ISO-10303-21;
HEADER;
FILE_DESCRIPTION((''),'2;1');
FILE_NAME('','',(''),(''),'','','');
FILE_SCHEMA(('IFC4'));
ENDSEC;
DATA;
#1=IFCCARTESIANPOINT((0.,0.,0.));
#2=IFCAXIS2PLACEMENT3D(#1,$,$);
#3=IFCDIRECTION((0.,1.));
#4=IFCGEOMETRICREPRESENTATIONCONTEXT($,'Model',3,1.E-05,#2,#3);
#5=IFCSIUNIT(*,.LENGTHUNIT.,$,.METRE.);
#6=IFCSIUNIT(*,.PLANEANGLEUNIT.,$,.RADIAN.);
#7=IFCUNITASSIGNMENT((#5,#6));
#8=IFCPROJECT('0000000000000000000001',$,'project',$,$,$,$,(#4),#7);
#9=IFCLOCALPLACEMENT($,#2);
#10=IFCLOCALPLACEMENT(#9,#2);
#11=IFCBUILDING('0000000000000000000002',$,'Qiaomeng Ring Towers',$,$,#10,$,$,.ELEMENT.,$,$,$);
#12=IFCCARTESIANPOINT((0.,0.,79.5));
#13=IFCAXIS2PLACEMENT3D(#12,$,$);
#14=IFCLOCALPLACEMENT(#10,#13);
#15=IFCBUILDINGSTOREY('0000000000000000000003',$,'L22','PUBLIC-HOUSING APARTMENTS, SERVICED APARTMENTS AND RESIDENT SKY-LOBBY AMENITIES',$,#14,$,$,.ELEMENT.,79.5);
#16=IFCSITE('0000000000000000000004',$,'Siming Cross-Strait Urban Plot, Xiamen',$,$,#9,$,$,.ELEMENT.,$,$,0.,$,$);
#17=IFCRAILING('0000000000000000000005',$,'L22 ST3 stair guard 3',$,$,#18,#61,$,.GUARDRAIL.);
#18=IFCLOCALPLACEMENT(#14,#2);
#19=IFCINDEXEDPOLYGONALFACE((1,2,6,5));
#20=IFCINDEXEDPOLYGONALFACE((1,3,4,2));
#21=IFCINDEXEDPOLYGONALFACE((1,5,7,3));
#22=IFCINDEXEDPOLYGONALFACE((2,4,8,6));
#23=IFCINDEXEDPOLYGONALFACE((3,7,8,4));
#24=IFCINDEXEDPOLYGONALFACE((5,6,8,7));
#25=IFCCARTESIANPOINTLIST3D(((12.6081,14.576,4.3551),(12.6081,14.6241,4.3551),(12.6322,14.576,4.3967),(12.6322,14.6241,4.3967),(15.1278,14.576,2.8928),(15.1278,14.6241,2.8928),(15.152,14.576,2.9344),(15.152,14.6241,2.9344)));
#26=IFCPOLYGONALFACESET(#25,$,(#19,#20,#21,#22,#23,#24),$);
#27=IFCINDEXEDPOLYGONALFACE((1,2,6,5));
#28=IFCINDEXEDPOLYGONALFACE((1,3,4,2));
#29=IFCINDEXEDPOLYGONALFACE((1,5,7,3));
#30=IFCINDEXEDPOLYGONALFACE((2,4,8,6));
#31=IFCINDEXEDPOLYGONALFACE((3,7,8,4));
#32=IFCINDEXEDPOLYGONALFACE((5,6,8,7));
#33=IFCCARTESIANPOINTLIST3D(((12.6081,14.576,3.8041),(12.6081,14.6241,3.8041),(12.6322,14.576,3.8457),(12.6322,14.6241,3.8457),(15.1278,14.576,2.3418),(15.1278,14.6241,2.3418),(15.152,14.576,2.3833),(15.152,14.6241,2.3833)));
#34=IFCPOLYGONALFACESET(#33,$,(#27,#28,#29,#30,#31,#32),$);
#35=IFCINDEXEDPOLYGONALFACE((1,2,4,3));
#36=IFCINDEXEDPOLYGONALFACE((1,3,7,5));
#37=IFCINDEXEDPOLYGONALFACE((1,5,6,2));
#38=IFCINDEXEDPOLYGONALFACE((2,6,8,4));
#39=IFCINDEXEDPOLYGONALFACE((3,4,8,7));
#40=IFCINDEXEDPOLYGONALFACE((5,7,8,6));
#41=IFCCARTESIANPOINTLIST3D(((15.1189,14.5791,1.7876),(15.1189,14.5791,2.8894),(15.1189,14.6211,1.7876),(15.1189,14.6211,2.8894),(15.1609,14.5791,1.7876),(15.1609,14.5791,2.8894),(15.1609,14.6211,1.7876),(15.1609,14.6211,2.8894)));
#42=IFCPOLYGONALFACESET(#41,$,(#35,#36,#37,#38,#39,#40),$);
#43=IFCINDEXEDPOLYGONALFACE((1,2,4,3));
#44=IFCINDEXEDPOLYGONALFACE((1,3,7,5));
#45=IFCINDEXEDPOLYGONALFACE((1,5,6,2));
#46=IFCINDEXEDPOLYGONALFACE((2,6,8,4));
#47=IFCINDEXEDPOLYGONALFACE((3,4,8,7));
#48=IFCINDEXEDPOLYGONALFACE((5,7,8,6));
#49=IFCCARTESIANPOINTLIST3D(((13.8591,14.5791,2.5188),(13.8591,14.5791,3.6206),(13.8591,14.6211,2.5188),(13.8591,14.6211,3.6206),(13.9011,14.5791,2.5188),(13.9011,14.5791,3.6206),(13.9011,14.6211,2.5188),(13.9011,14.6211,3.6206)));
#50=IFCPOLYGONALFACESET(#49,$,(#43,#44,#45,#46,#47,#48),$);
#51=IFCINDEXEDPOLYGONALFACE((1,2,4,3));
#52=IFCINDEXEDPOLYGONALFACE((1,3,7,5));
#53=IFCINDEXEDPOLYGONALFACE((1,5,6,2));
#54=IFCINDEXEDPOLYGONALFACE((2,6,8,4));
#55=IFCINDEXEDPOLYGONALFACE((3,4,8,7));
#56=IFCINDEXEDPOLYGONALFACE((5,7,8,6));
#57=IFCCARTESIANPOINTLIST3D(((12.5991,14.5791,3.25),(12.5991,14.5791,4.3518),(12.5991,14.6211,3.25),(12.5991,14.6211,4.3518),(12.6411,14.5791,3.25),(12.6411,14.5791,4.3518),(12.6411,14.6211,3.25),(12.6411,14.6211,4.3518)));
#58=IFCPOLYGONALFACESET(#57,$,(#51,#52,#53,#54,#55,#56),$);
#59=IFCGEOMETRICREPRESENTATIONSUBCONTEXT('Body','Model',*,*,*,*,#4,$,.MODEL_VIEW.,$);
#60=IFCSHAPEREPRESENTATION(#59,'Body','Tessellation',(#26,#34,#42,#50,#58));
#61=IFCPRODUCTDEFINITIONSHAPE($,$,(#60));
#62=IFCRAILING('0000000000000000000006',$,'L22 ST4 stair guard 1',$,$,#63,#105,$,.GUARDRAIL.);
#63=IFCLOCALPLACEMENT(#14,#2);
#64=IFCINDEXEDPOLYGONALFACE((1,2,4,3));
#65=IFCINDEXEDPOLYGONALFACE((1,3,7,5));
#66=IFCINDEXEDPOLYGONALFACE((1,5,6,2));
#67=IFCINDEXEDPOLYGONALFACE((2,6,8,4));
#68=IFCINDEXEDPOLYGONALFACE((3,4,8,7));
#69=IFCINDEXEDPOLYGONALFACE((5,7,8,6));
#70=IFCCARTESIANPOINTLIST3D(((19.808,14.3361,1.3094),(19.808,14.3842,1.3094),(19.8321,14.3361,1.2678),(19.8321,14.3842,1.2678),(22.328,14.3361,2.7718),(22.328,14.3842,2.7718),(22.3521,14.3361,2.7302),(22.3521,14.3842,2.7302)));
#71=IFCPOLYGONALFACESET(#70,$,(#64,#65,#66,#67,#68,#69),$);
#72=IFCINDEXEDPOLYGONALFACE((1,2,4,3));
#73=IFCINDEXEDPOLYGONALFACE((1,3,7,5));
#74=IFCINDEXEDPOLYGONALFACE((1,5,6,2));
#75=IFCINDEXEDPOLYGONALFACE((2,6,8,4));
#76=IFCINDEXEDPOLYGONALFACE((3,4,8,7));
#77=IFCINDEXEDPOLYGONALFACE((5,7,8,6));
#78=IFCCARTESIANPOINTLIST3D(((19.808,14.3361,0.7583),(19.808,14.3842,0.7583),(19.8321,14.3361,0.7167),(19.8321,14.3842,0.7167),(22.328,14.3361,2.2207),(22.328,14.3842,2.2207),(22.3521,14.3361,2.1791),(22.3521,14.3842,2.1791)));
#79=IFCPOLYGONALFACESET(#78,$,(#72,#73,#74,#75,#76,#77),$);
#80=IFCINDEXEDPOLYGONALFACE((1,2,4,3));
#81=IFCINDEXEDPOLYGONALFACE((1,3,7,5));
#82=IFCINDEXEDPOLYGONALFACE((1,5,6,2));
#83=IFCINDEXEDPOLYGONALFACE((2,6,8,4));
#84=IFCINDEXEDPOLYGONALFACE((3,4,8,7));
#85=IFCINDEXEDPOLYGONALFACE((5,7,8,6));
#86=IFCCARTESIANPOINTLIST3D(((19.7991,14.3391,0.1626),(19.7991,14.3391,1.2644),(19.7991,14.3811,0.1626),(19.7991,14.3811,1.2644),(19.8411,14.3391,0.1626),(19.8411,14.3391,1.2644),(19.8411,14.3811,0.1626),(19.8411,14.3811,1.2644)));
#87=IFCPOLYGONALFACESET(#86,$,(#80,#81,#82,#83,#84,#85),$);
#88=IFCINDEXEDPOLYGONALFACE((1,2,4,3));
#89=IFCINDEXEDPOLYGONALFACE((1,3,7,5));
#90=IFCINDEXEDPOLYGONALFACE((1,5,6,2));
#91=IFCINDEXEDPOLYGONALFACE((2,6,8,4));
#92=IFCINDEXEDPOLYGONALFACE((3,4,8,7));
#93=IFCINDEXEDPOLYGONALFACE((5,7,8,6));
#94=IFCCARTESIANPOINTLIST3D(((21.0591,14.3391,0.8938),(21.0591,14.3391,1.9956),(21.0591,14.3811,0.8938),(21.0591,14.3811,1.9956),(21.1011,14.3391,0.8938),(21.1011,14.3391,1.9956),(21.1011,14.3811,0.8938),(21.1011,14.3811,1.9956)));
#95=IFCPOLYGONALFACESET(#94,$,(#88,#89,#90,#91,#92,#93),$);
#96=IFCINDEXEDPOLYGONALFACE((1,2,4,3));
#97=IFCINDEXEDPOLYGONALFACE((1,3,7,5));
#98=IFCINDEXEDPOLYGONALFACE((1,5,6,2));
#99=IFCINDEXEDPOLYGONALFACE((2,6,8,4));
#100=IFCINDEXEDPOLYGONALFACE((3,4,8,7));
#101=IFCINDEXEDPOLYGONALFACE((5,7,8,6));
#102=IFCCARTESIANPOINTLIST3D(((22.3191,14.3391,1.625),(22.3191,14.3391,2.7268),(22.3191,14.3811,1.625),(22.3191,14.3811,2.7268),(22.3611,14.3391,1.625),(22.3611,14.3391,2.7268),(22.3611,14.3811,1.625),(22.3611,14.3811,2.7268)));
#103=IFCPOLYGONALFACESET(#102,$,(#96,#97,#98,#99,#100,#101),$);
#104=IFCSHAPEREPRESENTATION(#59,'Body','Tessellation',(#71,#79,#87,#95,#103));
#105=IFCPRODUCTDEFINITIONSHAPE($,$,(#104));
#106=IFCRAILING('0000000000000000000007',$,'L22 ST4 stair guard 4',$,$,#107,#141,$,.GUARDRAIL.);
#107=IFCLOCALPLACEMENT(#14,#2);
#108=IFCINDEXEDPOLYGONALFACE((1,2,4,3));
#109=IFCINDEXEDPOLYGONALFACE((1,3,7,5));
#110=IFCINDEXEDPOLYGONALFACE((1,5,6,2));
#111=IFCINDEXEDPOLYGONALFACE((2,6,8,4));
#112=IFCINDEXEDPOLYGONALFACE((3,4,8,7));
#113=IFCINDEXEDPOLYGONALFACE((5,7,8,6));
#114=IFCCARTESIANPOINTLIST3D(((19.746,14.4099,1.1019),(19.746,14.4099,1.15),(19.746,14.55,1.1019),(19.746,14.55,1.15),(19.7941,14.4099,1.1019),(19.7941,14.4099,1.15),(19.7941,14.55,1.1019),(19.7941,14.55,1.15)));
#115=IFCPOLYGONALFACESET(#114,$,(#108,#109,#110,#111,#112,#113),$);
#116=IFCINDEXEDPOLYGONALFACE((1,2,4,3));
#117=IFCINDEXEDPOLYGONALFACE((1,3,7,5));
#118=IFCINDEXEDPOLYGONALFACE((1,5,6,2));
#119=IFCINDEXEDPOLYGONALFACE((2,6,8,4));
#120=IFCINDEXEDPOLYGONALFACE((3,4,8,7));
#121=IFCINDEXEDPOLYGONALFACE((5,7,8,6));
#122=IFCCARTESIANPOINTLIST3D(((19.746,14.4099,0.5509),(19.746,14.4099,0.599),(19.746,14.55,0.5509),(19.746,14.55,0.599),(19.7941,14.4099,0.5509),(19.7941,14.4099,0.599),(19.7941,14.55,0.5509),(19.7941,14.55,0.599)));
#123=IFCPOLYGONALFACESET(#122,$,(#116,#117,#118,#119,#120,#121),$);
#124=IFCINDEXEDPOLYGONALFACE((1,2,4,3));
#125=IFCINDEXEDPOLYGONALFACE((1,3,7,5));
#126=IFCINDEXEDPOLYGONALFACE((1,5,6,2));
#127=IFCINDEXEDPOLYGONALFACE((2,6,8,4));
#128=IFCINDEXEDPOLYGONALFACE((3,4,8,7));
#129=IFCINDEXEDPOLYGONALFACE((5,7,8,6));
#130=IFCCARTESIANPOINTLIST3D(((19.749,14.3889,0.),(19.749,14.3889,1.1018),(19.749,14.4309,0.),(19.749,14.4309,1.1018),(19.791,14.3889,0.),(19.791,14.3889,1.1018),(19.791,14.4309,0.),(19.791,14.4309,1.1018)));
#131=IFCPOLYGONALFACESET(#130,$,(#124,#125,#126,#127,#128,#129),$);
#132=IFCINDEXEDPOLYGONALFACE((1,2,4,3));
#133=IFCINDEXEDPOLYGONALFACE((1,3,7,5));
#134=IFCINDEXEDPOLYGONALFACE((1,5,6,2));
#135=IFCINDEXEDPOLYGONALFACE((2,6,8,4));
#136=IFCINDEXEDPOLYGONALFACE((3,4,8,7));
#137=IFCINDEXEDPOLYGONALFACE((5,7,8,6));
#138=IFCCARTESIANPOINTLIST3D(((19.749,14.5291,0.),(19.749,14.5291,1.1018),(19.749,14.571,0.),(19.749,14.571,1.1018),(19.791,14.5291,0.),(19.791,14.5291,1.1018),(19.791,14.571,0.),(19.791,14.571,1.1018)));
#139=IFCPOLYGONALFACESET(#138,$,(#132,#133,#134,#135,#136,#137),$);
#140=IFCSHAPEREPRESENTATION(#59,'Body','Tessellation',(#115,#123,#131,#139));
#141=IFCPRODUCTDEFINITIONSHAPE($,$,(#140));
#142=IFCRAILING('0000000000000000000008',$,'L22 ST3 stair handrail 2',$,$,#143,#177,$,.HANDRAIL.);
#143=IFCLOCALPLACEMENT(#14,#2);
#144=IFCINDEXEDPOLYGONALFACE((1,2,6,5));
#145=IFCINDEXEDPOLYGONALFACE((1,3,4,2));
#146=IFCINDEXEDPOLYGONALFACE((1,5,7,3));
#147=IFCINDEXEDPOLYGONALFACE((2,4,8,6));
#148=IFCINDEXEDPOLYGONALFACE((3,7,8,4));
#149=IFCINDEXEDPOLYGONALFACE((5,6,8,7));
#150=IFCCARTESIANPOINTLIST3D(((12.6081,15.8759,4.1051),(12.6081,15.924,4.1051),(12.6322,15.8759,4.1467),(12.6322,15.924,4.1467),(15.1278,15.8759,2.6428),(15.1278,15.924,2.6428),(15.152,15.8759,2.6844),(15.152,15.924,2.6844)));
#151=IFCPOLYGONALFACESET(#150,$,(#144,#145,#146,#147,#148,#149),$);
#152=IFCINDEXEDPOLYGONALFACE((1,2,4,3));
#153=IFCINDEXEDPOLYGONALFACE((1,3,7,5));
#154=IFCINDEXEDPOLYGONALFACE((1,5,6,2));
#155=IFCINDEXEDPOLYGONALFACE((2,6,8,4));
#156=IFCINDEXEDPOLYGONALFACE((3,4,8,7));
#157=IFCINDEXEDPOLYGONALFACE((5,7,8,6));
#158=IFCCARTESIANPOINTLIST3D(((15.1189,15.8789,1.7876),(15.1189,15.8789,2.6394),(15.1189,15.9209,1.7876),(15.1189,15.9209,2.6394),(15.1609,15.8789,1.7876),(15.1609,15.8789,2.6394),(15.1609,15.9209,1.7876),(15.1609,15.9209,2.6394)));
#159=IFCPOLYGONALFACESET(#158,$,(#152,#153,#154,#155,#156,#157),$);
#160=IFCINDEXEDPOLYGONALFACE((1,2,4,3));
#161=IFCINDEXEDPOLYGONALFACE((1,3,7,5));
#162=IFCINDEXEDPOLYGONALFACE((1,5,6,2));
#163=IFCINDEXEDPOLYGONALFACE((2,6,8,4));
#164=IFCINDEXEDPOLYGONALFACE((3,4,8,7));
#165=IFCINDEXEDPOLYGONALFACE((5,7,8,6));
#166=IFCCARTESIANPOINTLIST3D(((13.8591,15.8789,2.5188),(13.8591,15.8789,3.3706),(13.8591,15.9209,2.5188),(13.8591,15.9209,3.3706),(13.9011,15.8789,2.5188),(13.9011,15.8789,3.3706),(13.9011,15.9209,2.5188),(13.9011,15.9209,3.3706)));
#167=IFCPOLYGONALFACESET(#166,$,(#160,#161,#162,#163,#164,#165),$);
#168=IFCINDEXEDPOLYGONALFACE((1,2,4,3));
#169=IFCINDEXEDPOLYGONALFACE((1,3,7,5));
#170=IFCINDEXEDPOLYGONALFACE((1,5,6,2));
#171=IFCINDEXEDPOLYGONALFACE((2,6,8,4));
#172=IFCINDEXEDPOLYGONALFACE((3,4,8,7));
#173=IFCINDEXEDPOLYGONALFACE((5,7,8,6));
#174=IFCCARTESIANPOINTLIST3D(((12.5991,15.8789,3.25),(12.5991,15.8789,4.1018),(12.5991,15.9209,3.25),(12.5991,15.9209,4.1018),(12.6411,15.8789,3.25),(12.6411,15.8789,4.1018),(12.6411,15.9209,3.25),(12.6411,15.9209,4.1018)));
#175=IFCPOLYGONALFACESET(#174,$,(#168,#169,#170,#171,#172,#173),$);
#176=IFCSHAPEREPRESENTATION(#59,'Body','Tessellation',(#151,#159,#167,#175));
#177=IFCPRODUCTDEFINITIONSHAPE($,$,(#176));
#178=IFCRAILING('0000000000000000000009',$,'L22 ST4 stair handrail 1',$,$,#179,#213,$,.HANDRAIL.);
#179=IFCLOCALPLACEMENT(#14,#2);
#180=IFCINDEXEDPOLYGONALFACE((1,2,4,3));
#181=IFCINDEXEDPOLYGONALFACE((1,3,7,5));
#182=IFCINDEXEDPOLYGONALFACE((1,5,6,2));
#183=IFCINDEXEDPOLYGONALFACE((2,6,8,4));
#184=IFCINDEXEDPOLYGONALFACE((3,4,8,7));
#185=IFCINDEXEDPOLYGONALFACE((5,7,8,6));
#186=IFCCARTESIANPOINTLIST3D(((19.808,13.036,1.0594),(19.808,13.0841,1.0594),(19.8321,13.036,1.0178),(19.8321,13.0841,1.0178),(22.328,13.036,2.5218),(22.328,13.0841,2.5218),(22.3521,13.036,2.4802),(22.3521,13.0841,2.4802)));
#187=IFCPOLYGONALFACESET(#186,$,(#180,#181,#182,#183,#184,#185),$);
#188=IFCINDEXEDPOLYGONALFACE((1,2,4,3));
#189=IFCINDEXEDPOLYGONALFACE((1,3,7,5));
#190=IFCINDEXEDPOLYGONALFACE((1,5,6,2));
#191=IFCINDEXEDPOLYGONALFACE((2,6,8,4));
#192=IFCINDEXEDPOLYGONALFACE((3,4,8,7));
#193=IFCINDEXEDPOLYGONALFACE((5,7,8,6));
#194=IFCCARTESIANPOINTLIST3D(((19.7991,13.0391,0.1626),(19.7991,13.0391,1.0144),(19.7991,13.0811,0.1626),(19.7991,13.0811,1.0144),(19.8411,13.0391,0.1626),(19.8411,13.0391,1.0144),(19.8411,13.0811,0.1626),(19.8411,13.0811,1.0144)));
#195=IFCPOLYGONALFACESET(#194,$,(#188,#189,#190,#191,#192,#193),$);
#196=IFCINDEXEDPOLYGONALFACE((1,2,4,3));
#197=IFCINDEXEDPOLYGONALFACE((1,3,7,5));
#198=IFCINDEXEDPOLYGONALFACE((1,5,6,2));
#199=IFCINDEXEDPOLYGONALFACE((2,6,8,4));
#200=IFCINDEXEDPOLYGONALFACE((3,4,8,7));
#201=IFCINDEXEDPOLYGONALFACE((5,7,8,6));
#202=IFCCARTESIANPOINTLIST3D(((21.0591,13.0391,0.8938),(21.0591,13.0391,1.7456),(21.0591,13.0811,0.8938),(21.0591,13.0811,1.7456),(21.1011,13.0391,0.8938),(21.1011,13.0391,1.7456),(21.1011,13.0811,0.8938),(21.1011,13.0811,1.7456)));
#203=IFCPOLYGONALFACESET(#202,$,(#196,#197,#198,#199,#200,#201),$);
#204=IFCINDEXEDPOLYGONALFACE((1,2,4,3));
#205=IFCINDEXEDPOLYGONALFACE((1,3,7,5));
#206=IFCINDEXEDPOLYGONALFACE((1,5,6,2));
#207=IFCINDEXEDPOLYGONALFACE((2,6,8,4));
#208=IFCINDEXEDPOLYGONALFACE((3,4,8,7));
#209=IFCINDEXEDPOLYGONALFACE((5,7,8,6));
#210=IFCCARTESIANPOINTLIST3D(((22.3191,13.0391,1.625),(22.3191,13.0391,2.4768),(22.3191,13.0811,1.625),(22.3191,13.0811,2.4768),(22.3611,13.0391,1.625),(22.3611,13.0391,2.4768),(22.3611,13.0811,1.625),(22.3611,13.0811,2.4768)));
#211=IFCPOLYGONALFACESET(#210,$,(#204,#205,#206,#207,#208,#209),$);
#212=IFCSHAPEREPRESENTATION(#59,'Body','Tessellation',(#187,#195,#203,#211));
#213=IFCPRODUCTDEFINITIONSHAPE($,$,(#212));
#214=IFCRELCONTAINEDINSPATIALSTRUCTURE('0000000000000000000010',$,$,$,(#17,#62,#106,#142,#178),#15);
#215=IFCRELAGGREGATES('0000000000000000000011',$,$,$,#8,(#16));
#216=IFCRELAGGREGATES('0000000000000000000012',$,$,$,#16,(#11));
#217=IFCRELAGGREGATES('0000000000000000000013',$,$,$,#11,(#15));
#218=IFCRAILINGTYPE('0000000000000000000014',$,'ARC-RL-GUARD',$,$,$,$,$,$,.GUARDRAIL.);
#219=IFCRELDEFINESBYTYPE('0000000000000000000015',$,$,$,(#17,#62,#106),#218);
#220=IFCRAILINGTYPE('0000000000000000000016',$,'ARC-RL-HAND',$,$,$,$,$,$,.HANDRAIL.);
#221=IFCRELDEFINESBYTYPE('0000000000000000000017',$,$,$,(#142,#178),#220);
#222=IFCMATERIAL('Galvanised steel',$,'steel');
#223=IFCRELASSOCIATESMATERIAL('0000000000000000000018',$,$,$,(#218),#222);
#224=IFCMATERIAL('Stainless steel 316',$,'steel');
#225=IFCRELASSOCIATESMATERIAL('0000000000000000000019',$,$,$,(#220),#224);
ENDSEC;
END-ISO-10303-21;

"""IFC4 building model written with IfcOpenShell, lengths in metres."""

from ifc_helpers import new_model, si_unit, direction, frame, origin, origin_2d, place, context, subcontext, project, spatial, rectangle, extrude, material, type_object, element, save


model = new_model("IFC4")

# Units and contexts
model_context = context("Model", 3, precision=1e-05, world=origin(), true_north=direction((0.0, 1.0)))
body_context = subcontext(model_context, "Body", "Model", "MODEL_VIEW")
ifc_project = project(units=[si_unit("LENGTHUNIT", "METRE"), si_unit("PLANEANGLEUNIT", "RADIAN")], contexts=[model_context])

# Site, building, storey
site_placement = place(None, origin())
site = spatial("IfcSite", under=ifc_project, at=site_placement, Name="Siming Cross-Strait Urban Plot, Xiamen", CompositionType="ELEMENT", RefElevation=0.0)
building_placement = place(site_placement, origin())
building = spatial("IfcBuilding", under=site, at=building_placement, Name="Qiaomeng Ring Towers", CompositionType="ELEMENT")
storey_placement = place(building_placement, frame((0.0, 0.0, 79.5)))
storey = spatial("IfcBuildingStorey", under=building, at=storey_placement, Name="L22", Description="PUBLIC-HOUSING APARTMENTS, SERVICED APARTMENTS AND RESIDENT SKY-LOBBY AMENITIES", CompositionType="ELEMENT", Elevation=79.5)

# Shared definitions
ifc_material_1 = material(Name="Galvanised steel", Category="steel")

# Railings
railing_type_1 = type_object("IfcRailingType", Name="ARC-RL-GUARD", PredefinedType="GUARDRAIL", material=ifc_material_1)
railing_1_placement = place(storey_placement, frame((15.1399, 14.6001, 1.7876)))
element("IfcRailing", 1, at=railing_1_placement, inside=storey, type_object=railing_type_1, Name="L22 ST3 stair guard 3", PredefinedType="GUARDRAIL", context=body_context, shape_type="SweptSolid", body=[
    extrude(rectangle(XDim=0.0481, YDim=0.0481, at=origin_2d()), frame((0.0, 0.0, 1.126), z_axis=(-0.864892, 0.0, 0.501958), x_axis=(0.0, -1.0, 0.0)), (0.0, 0.0, 1.0), 2.9133),
    extrude(rectangle(XDim=0.0481, YDim=0.0481, at=origin_2d()), frame((0.0, 0.0, 0.575), z_axis=(-0.864892, 0.0, 0.501958), x_axis=(0.0, -1.0, 0.0)), (0.0, 0.0, 1.0), 2.9133),
    extrude(rectangle(XDim=0.042, YDim=0.042, at=origin_2d()), origin(), (0.0, 0.0, 1.0), 1.1018),
    extrude(rectangle(XDim=0.042, YDim=0.042, at=origin_2d()), frame((-1.2598, 0.0, 0.7312)), (0.0, 0.0, 1.0), 1.1018),
    extrude(rectangle(XDim=0.042, YDim=0.042, at=origin_2d()), frame((-2.5198, 0.0, 1.4624)), (0.0, 0.0, 1.0), 1.1018),
])
railing_2_placement = place(storey_placement, frame((19.8201, 14.3601, 0.1626)))
element("IfcRailing", 2, at=railing_2_placement, inside=storey, type_object=railing_type_1, Name="L22 ST4 stair guard 1", PredefinedType="GUARDRAIL", context=body_context, shape_type="SweptSolid", body=[
    extrude(rectangle(XDim=0.0481, YDim=0.0481, at=origin_2d()), frame((0.0, 0.0, 1.126), z_axis=(0.864913, 0.0, 0.501921), x_axis=(0.0, 1.0, 0.0)), (0.0, 0.0, 1.0), 2.9136),
    extrude(rectangle(XDim=0.0481, YDim=0.0481, at=origin_2d()), frame((0.0, 0.0, 0.575), z_axis=(0.864913, 0.0, 0.501921), x_axis=(0.0, 1.0, 0.0)), (0.0, 0.0, 1.0), 2.9136),
    extrude(rectangle(XDim=0.042, YDim=0.042, at=origin_2d()), origin(), (0.0, 0.0, 1.0), 1.1018),
    extrude(rectangle(XDim=0.042, YDim=0.042, at=origin_2d()), frame((1.26, 0.0, 0.7312)), (0.0, 0.0, 1.0), 1.1018),
    extrude(rectangle(XDim=0.042, YDim=0.042, at=origin_2d()), frame((2.52, 0.0, 1.4624)), (0.0, 0.0, 1.0), 1.1018),
])
railing_3_placement = place(storey_placement, frame((19.77, 14.4099, 0.0)))
element("IfcRailing", 3, at=railing_3_placement, inside=storey, type_object=railing_type_1, Name="L22 ST4 stair guard 4", PredefinedType="GUARDRAIL", context=body_context, shape_type="SweptSolid", body=[
    extrude(rectangle(XDim=0.0481, YDim=0.0481, at=origin_2d()), frame((0.0, 0.0, 1.126), z_axis=(0.0, 1.0, 0.0), x_axis=(-1.0, 0.0, 0.0)), (0.0, 0.0, 1.0), 0.1401),
    extrude(rectangle(XDim=0.0481, YDim=0.0481, at=origin_2d()), frame((0.0, 0.0, 0.575), z_axis=(0.0, 1.0, 0.0), x_axis=(-1.0, 0.0, 0.0)), (0.0, 0.0, 1.0), 0.1401),
    extrude(rectangle(XDim=0.042, YDim=0.042, at=origin_2d()), origin(), (0.0, 0.0, 1.0), 1.1018),
    extrude(rectangle(XDim=0.042, YDim=0.042, at=origin_2d()), frame((0.0, 0.1401, 0.0)), (0.0, 0.0, 1.0), 1.1018),
])
ifc_material_2 = material(Name="Stainless steel 316", Category="steel")
railing_type_2 = type_object("IfcRailingType", Name="ARC-RL-HAND", PredefinedType="HANDRAIL", material=ifc_material_2)
railing_4_placement = place(storey_placement, frame((15.1399, 15.8999, 1.7876)))
element("IfcRailing", 4, at=railing_4_placement, inside=storey, type_object=railing_type_2, Name="L22 ST3 stair handrail 2", PredefinedType="HANDRAIL", context=body_context, shape_type="SweptSolid", body=[
    extrude(rectangle(XDim=0.0481, YDim=0.0481, at=origin_2d()), frame((0.0, 0.0, 0.876), z_axis=(-0.864892, 0.0, 0.501958), x_axis=(0.0, -1.0, 0.0)), (0.0, 0.0, 1.0), 2.9133),
    extrude(rectangle(XDim=0.042, YDim=0.042, at=origin_2d()), origin(), (0.0, 0.0, 1.0), 0.8518),
    extrude(rectangle(XDim=0.042, YDim=0.042, at=origin_2d()), frame((-1.2598, 0.0, 0.7312)), (0.0, 0.0, 1.0), 0.8518),
    extrude(rectangle(XDim=0.042, YDim=0.042, at=origin_2d()), frame((-2.5198, 0.0, 1.4624)), (0.0, 0.0, 1.0), 0.8518),
])
railing_5_placement = place(storey_placement, frame((19.8201, 13.0601, 0.1626)))
element("IfcRailing", 5, at=railing_5_placement, inside=storey, type_object=railing_type_2, Name="L22 ST4 stair handrail 1", PredefinedType="HANDRAIL", context=body_context, shape_type="SweptSolid", body=[
    extrude(rectangle(XDim=0.0481, YDim=0.0481, at=origin_2d()), frame((0.0, 0.0, 0.876), z_axis=(0.864913, 0.0, 0.501921), x_axis=(0.0, 1.0, 0.0)), (0.0, 0.0, 1.0), 2.9136),
    extrude(rectangle(XDim=0.042, YDim=0.042, at=origin_2d()), origin(), (0.0, 0.0, 1.0), 0.8518),
    extrude(rectangle(XDim=0.042, YDim=0.042, at=origin_2d()), frame((1.26, 0.0, 0.7312)), (0.0, 0.0, 1.0), 0.8518),
    extrude(rectangle(XDim=0.042, YDim=0.042, at=origin_2d()), frame((2.52, 0.0, 1.4624)), (0.0, 0.0, 1.0), 0.8518),
])

save(model, "model.ifc")
